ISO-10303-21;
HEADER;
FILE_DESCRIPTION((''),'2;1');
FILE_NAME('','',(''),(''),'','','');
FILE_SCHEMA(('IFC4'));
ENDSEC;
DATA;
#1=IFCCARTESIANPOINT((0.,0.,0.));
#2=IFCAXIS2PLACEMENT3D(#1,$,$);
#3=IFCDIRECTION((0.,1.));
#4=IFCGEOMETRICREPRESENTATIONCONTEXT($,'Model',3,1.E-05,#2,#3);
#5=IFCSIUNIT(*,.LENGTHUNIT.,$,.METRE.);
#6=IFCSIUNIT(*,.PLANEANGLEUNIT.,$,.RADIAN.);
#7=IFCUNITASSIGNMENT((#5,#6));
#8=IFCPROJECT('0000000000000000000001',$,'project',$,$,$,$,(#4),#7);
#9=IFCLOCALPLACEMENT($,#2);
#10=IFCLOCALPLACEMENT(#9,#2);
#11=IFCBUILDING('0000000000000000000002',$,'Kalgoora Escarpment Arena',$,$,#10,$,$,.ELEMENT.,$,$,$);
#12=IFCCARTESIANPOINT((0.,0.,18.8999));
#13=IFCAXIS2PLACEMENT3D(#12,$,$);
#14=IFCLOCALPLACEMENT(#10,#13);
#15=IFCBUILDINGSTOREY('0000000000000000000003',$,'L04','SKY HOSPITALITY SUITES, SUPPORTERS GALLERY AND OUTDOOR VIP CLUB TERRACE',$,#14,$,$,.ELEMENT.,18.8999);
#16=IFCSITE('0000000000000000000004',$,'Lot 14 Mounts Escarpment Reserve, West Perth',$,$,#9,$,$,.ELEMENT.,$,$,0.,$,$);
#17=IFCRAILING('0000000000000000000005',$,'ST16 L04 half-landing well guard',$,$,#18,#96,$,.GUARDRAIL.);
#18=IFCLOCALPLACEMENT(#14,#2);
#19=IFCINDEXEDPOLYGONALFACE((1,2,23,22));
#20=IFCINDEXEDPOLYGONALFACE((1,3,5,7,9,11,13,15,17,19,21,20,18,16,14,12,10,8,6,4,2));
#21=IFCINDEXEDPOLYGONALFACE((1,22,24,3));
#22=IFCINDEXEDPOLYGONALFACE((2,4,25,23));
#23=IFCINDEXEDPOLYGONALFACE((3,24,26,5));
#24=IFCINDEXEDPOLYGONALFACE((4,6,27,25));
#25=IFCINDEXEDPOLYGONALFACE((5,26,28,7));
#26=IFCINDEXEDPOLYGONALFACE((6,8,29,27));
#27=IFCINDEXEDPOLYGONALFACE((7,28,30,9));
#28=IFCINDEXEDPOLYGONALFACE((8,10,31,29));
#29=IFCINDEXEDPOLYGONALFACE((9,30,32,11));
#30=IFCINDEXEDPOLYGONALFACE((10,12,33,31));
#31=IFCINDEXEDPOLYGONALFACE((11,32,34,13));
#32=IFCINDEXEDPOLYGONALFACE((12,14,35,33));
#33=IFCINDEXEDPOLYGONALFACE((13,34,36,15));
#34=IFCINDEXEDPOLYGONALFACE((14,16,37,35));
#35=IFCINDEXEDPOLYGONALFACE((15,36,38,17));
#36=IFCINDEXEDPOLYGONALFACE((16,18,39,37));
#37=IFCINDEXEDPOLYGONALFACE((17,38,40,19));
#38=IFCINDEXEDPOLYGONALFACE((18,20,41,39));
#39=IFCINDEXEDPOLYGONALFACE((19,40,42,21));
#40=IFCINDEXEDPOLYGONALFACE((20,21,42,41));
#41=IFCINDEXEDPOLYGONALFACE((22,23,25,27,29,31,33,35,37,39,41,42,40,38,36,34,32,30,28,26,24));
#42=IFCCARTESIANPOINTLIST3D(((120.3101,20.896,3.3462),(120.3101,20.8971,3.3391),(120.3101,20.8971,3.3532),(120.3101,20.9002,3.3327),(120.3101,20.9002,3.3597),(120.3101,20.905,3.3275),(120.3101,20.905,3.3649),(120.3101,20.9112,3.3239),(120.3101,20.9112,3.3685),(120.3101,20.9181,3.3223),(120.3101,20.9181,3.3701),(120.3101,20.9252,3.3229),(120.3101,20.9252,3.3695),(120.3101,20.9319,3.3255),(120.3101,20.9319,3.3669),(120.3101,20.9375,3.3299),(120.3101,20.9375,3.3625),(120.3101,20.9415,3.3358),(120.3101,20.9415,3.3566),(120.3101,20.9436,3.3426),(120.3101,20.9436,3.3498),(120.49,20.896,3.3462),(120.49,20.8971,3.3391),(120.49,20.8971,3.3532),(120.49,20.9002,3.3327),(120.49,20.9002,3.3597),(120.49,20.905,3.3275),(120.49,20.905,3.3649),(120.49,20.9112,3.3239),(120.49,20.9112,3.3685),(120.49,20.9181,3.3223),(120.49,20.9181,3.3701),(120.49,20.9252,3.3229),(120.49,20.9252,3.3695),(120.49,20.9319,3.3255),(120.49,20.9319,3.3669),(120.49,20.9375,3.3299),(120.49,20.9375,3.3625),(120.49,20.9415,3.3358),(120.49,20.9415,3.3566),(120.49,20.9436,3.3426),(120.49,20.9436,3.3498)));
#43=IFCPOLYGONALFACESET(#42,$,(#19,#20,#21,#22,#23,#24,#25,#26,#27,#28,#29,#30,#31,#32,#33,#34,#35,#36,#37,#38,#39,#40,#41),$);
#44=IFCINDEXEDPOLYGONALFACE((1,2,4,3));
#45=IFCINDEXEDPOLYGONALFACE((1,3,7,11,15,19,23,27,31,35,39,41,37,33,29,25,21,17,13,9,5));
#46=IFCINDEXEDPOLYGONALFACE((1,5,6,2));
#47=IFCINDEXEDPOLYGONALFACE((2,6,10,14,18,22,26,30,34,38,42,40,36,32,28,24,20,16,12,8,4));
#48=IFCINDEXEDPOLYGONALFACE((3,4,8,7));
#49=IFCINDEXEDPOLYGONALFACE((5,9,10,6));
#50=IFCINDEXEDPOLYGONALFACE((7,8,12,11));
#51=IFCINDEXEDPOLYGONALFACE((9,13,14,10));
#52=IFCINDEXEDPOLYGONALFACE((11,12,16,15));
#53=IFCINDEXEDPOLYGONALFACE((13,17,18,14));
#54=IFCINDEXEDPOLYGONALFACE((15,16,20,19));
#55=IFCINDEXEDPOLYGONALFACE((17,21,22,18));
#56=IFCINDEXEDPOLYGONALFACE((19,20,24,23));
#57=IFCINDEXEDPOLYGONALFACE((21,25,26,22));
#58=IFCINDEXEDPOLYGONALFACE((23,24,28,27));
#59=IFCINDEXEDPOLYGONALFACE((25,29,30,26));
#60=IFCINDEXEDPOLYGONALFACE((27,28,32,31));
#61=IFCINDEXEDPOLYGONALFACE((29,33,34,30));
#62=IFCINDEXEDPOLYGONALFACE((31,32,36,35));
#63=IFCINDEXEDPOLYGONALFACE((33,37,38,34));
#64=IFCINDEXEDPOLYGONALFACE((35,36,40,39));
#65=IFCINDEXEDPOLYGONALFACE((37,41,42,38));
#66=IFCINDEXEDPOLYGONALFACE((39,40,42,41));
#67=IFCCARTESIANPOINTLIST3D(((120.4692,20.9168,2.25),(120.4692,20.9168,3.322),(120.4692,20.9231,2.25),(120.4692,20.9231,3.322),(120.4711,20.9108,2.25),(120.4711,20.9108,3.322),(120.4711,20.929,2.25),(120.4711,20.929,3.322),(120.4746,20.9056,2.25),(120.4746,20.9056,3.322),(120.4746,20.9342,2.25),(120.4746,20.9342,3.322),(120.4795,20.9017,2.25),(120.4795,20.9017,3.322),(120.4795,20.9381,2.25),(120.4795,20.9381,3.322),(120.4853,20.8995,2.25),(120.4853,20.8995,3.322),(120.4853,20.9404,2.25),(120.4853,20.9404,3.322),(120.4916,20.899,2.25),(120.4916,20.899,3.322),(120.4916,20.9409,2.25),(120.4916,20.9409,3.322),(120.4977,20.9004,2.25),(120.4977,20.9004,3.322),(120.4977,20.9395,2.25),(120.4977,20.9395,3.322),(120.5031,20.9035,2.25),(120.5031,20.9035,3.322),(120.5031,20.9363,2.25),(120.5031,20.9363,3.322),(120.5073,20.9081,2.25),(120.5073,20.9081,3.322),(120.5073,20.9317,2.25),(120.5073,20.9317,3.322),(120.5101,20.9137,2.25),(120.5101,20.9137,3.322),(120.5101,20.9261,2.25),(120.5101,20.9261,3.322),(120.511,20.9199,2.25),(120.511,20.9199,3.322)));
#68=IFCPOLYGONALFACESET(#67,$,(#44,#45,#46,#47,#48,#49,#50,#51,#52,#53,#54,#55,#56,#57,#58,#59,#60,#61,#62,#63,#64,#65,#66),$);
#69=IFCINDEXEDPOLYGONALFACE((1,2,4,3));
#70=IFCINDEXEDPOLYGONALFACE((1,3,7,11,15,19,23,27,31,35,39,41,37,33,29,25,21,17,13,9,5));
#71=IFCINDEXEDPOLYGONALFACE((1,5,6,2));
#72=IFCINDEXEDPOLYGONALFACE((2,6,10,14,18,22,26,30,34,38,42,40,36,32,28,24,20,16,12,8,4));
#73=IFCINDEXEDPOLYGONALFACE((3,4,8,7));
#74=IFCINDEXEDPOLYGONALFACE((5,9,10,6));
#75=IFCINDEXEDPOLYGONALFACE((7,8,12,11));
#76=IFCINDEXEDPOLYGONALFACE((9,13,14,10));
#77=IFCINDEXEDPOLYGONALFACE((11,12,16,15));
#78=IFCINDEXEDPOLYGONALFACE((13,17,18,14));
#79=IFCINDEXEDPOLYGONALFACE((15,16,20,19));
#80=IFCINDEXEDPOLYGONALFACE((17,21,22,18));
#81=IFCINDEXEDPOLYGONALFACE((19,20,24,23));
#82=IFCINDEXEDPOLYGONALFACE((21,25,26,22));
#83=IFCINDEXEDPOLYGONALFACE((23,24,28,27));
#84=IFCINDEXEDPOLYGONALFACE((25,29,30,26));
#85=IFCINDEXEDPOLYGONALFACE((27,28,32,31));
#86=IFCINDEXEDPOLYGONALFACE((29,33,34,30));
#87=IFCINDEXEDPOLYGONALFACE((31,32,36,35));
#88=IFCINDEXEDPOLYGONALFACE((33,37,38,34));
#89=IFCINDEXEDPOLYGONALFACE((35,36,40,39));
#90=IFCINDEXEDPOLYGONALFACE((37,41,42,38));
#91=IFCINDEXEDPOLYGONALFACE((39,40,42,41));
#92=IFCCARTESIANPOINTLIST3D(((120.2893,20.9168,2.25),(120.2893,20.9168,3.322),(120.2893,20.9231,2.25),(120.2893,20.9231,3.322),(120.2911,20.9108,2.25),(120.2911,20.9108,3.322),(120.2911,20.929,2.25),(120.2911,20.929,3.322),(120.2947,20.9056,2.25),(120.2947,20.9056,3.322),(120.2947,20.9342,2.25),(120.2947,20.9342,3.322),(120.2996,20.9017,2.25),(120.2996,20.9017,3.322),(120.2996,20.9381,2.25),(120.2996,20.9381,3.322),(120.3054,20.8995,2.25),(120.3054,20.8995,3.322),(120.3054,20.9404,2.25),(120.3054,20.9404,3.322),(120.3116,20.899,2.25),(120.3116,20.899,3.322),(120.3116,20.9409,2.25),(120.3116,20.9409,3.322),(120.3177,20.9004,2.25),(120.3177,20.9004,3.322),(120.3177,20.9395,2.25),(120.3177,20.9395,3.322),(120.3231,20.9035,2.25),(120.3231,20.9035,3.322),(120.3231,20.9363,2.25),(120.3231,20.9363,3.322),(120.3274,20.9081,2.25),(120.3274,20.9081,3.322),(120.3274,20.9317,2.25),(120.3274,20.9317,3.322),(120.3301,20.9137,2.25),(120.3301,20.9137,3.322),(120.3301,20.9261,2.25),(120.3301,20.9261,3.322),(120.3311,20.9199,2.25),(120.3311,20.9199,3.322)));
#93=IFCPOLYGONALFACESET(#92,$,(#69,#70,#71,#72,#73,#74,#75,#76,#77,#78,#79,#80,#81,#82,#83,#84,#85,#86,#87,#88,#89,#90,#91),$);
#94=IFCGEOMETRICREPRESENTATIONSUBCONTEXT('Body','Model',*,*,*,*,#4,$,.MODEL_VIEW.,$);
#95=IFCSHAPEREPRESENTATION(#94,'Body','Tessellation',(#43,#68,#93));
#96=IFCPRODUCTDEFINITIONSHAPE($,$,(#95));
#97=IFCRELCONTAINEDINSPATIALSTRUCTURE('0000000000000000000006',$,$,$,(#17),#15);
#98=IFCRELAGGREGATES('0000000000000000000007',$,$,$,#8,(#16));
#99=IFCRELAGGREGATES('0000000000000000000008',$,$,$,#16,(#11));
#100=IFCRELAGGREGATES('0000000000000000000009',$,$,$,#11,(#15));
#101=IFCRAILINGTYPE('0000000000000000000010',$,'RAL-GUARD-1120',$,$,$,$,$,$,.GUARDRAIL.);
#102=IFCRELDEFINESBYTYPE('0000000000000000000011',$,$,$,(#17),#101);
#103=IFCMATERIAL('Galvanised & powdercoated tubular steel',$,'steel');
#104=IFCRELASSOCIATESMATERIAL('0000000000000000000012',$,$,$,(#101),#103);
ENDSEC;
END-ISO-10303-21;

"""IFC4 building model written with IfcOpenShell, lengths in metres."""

from ifc_helpers import new_model, si_unit, direction, frame, origin, origin_2d, place, context, subcontext, project, spatial, circle, extrude, material, type_object, element, save


model = new_model("IFC4")

# Units and contexts
model_context = context("Model", 3, precision=1e-05, world=origin(), true_north=direction((0.0, 1.0)))
body_context = subcontext(model_context, "Body", "Model", "MODEL_VIEW")
ifc_project = project(units=[si_unit("LENGTHUNIT", "METRE"), si_unit("PLANEANGLEUNIT", "RADIAN")], contexts=[model_context])

# Site, building, storey
site_placement = place(None, origin())
site = spatial("IfcSite", under=ifc_project, at=site_placement, Name="Lot 14 Mounts Escarpment Reserve, West Perth", CompositionType="ELEMENT", RefElevation=0.0)
building_placement = place(site_placement, origin())
building = spatial("IfcBuilding", under=site, at=building_placement, Name="Kalgoora Escarpment Arena", CompositionType="ELEMENT")
storey_placement = place(building_placement, frame((0.0, 0.0, 18.8999)))
storey = spatial("IfcBuildingStorey", under=building, at=storey_placement, Name="L04", Description="SKY HOSPITALITY SUITES, SUPPORTERS GALLERY AND OUTDOOR VIP CLUB TERRACE", CompositionType="ELEMENT", Elevation=18.8999)

# Railing
ifc_material_1 = material(Name="Galvanised & powdercoated tubular steel", Category="steel")
railing_type_1 = type_object("IfcRailingType", Name="RAL-GUARD-1120", PredefinedType="GUARDRAIL", material=ifc_material_1)
railing_1_placement = place(storey_placement, frame((120.49, 20.9199, 2.25)))
element("IfcRailing", 1, at=railing_1_placement, inside=storey, type_object=railing_type_1, Name="ST16 L04 half-landing well guard", PredefinedType="GUARDRAIL", context=body_context, shape_type="SweptSolid", body=[
    extrude(circle(Radius=0.0239, at=origin_2d()), frame((0.0, 0.0, 1.0962), z_axis=(-1.0, 0.0, 0.0), x_axis=(0.0, -1.0, 0.0)), (0.0, 0.0, 1.0), 0.1799),
    extrude(circle(Radius=0.021, at=origin_2d()), origin(), (0.0, 0.0, 1.0), 1.072),
    extrude(circle(Radius=0.021, at=origin_2d()), frame((-0.1799, 0.0, 0.0)), (0.0, 0.0, 1.0), 1.072),
])

save(model, "model.ifc")
